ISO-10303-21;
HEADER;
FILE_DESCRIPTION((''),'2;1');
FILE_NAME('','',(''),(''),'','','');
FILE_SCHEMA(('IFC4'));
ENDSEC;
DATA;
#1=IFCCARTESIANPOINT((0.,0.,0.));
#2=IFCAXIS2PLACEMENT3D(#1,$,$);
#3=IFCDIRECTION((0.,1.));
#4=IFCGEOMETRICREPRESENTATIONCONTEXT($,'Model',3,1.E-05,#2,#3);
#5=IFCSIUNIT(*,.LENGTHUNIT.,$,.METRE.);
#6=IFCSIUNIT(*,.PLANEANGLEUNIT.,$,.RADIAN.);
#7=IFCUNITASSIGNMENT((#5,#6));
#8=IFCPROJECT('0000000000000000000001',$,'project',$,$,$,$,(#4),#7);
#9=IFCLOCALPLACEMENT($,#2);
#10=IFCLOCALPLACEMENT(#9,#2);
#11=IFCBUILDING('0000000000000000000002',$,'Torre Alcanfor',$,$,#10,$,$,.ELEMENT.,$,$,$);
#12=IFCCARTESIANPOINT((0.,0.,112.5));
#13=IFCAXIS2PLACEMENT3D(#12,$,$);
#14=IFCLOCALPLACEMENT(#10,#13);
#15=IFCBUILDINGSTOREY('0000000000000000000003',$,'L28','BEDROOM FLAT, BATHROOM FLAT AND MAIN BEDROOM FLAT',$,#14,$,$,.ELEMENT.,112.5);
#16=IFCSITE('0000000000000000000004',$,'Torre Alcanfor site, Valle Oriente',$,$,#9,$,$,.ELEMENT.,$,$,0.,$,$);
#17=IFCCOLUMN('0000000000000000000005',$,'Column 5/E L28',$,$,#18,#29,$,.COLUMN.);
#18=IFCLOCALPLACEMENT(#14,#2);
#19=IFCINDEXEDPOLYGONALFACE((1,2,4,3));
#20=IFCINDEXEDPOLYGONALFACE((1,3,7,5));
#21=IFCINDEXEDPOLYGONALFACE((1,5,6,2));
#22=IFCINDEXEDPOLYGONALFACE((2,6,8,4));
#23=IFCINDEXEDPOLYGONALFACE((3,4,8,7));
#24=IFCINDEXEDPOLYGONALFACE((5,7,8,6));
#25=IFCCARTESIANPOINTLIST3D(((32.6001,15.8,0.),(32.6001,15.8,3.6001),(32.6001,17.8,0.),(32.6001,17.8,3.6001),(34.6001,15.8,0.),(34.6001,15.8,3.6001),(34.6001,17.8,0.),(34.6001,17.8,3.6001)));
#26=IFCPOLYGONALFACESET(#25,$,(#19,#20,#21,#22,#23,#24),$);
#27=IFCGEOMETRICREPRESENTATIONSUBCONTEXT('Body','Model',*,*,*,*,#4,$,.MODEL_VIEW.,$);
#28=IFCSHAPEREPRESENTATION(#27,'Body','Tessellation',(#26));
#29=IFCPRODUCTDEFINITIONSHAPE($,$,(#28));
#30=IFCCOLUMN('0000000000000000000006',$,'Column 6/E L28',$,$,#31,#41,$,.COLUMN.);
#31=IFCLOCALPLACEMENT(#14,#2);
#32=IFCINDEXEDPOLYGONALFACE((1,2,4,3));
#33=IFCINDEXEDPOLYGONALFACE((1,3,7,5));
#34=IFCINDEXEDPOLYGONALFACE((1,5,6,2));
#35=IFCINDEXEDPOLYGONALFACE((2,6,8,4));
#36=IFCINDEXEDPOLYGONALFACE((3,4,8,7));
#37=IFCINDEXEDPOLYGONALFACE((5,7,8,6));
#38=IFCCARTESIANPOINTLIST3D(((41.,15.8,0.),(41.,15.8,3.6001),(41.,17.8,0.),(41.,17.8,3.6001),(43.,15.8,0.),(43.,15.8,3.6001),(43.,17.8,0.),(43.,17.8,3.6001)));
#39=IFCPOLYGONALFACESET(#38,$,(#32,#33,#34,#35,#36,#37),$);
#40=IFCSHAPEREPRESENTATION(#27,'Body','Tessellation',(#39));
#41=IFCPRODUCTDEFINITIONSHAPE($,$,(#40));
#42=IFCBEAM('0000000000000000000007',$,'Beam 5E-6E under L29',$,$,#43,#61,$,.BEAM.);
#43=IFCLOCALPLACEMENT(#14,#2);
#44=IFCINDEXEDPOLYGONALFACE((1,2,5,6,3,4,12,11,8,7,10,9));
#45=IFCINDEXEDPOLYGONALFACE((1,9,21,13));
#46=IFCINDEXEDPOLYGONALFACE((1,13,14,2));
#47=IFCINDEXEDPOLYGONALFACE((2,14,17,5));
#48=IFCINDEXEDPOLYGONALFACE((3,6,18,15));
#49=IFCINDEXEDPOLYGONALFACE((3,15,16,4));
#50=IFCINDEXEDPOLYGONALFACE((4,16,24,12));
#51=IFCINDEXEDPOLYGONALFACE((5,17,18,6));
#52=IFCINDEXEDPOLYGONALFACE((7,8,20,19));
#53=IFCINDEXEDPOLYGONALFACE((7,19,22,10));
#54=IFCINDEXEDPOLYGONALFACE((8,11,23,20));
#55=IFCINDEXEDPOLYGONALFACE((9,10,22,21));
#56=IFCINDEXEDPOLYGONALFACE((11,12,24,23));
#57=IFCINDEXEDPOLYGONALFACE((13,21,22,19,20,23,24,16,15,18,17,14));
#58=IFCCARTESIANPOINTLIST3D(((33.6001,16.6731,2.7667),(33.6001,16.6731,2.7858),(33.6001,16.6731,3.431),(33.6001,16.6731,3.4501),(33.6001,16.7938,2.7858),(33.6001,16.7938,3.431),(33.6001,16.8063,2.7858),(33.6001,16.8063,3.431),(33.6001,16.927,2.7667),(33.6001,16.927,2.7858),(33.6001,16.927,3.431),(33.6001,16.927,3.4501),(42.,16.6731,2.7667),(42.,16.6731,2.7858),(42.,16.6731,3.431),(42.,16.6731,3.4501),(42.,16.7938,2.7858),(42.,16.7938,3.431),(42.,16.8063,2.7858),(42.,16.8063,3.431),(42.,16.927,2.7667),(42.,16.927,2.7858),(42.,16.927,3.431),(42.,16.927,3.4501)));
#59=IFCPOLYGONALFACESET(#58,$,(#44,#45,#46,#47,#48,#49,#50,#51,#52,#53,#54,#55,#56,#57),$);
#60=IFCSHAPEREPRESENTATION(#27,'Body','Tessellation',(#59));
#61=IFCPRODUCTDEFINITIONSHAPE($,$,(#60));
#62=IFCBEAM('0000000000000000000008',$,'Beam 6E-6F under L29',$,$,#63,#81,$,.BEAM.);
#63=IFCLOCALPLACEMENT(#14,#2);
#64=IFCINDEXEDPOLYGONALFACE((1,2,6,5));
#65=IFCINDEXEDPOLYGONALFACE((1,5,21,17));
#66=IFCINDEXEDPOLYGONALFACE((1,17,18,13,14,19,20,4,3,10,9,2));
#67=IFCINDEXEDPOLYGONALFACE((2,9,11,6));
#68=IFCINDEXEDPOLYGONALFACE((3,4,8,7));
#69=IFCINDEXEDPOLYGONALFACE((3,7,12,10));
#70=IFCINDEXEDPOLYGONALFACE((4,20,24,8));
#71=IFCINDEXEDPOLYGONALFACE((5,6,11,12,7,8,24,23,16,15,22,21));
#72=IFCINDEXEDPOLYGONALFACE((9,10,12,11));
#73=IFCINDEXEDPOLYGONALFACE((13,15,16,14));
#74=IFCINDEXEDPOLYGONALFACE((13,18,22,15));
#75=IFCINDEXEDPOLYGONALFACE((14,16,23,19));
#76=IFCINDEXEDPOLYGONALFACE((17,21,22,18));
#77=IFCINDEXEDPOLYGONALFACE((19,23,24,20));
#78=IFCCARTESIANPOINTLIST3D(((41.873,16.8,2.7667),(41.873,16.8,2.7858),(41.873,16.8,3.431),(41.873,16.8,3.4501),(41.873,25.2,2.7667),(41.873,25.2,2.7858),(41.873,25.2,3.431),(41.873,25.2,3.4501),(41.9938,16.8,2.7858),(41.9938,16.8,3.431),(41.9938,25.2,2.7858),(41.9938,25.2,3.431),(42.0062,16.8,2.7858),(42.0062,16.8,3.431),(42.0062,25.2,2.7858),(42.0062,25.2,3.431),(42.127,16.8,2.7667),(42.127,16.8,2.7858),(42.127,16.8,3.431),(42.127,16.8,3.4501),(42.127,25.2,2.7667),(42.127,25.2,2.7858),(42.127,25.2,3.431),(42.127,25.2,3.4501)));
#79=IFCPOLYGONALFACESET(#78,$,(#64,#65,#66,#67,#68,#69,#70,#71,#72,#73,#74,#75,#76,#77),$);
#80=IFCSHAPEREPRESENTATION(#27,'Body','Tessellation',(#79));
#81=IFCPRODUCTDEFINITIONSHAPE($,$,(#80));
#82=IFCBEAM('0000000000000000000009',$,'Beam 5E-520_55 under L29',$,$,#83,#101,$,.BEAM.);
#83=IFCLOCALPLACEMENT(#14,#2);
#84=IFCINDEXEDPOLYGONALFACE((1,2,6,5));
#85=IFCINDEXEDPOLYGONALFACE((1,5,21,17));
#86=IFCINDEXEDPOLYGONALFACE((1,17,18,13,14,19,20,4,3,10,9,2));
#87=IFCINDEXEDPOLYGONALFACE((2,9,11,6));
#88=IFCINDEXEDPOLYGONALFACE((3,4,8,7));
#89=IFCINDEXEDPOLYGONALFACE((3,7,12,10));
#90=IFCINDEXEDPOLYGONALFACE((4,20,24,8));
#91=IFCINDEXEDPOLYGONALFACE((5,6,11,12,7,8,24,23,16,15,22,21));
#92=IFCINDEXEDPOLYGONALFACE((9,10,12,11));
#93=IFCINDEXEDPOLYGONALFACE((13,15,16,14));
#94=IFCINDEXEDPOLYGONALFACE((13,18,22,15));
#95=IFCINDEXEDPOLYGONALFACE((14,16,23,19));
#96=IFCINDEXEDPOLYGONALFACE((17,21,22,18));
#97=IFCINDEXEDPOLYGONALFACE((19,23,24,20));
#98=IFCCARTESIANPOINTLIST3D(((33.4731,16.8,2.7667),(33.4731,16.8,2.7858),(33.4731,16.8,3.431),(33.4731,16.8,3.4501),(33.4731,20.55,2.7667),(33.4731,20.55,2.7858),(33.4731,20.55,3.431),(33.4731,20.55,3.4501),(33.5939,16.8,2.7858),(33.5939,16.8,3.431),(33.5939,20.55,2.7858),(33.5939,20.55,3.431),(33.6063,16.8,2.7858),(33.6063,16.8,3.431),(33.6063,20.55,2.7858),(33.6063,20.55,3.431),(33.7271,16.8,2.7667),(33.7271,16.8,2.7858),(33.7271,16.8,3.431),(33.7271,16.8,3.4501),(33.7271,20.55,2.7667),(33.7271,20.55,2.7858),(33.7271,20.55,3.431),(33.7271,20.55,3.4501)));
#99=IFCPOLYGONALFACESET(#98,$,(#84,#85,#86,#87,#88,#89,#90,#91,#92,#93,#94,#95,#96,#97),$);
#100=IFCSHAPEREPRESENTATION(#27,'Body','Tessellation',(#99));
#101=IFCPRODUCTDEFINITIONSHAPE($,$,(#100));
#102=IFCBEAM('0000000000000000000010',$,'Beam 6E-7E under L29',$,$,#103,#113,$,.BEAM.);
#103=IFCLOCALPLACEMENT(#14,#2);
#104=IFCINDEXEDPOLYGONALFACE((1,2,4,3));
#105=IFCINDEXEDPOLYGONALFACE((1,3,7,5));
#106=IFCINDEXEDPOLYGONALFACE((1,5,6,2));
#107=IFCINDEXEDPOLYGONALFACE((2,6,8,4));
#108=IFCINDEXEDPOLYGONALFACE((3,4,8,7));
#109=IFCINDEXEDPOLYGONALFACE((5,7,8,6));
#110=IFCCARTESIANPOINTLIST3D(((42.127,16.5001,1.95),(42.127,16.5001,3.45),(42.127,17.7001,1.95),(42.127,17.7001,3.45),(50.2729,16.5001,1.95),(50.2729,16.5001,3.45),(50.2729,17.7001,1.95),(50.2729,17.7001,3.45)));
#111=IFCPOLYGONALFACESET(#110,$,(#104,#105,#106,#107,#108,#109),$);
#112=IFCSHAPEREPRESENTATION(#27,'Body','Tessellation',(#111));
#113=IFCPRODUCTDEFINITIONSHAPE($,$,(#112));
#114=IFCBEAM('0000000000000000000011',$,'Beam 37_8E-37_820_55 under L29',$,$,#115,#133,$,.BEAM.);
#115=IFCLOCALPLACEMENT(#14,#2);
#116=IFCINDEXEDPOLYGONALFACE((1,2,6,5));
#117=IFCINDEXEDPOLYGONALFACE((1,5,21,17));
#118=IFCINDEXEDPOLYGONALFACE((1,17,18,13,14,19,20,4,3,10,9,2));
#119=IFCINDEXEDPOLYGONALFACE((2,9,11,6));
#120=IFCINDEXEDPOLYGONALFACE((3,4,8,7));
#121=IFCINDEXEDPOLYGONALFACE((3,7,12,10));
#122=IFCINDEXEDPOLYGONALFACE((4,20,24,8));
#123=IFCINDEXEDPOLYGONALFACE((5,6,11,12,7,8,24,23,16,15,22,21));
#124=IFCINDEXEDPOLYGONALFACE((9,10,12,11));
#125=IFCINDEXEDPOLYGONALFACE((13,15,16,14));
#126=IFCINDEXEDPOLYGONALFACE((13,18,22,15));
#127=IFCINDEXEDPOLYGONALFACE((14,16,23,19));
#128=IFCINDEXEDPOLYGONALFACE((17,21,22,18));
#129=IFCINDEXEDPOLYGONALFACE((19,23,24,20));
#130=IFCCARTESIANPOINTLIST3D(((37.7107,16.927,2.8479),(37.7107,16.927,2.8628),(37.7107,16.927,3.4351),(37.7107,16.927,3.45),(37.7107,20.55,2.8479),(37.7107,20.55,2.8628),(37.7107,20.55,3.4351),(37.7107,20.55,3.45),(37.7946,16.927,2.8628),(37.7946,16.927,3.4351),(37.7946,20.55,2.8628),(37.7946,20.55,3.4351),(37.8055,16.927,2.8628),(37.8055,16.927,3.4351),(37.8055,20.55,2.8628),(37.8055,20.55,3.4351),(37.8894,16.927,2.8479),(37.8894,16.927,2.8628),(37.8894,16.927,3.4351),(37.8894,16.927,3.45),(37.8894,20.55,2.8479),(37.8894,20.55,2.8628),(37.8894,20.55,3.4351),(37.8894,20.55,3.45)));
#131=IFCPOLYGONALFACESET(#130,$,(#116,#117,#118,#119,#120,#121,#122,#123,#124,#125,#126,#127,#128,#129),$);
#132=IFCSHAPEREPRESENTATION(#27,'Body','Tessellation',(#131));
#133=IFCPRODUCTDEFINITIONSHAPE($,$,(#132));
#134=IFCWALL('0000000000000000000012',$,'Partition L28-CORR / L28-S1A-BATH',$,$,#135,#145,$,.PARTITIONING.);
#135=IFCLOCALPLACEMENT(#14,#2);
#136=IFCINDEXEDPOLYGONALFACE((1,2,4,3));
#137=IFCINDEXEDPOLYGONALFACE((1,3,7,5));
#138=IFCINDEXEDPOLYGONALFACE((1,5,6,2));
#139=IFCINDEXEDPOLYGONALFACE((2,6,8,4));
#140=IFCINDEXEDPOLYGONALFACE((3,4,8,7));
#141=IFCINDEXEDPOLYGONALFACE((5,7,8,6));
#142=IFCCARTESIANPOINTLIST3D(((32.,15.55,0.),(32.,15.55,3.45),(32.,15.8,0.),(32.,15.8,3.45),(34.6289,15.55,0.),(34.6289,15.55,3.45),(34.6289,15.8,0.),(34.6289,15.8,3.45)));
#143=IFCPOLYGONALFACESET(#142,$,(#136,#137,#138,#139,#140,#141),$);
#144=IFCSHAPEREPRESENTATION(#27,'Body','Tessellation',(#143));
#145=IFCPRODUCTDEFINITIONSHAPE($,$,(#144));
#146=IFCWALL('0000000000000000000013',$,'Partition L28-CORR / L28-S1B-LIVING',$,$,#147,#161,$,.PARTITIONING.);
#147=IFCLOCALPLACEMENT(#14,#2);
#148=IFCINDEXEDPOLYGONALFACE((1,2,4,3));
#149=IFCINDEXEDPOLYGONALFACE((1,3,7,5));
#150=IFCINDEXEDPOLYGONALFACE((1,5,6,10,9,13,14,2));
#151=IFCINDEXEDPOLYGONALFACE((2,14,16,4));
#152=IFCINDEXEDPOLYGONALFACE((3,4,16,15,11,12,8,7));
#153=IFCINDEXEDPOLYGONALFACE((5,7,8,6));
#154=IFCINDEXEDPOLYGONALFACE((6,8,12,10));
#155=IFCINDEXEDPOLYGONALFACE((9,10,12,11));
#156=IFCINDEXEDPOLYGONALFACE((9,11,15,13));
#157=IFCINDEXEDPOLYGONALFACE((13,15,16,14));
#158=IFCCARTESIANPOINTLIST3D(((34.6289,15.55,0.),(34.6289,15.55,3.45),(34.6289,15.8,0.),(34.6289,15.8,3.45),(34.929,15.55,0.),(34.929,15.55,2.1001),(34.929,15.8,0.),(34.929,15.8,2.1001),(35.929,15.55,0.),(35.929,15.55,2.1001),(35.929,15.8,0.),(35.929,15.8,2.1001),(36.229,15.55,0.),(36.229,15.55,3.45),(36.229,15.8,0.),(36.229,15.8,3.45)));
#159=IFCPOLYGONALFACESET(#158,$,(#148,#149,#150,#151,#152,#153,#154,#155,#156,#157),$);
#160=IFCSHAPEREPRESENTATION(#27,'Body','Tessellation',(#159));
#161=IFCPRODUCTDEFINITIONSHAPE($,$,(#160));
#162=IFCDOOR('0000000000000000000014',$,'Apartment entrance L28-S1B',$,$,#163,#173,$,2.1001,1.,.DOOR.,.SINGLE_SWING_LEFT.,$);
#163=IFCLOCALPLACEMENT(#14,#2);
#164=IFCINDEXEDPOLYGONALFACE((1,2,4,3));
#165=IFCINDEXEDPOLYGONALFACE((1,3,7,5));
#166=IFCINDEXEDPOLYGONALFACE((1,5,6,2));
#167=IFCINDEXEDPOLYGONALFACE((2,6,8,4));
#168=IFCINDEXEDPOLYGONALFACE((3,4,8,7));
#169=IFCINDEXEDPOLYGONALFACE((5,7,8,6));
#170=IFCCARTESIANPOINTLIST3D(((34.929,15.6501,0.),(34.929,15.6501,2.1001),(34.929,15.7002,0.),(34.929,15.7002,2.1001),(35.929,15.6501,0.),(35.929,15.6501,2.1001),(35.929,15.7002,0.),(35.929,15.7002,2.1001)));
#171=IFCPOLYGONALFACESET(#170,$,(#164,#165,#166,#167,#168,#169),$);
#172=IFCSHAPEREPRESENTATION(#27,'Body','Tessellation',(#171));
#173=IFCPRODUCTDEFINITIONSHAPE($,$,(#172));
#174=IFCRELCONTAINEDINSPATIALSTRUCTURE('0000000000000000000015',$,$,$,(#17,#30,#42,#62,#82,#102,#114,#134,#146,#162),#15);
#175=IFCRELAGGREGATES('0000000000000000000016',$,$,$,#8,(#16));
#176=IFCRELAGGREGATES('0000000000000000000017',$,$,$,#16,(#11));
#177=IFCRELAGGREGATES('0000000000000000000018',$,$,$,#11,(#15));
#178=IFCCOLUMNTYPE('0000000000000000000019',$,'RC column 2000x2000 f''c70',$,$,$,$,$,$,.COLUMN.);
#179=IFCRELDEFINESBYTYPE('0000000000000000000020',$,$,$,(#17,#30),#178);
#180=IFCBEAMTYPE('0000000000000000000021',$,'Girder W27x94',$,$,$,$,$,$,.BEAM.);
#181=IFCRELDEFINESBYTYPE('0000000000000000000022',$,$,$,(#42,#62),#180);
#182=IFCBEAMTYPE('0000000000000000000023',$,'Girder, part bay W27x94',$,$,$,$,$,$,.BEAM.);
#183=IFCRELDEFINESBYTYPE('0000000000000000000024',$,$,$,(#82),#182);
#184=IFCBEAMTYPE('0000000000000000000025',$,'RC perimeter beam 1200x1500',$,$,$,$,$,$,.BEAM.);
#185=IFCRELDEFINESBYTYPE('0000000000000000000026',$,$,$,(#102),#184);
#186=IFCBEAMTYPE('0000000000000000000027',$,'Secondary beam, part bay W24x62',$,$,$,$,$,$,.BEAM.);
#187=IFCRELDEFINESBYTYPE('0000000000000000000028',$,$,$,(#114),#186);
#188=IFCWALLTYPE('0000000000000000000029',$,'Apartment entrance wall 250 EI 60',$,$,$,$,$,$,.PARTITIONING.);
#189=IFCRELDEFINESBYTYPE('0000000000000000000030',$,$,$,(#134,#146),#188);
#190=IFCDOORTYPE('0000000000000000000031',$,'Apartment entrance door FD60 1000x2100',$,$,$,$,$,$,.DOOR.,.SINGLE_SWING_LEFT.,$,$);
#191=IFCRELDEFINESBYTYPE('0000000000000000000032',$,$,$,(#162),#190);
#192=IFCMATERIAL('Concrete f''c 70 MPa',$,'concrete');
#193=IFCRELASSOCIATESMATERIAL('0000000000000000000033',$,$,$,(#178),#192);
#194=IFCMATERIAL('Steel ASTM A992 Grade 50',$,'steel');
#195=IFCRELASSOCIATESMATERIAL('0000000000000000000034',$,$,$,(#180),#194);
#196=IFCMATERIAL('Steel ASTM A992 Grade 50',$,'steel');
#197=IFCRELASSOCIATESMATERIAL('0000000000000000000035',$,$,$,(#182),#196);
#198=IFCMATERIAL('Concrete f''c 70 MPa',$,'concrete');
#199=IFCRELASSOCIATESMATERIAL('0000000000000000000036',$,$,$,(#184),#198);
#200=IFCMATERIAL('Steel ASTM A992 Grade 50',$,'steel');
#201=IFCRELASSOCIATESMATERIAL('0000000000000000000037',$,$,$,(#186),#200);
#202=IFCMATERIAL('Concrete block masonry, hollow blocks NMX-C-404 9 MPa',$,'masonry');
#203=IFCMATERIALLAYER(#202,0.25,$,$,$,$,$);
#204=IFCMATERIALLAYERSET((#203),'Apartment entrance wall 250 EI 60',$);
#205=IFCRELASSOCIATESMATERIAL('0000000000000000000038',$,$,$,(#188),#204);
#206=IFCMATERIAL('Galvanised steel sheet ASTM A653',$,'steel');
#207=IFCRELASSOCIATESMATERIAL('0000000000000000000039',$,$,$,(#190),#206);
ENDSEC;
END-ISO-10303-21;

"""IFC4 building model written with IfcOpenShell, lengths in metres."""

from ifc_helpers import new_model, si_unit, direction, frame, frame_2d, origin, origin_2d, place, context, subcontext, project, spatial, rectangle, i_section, extrude, material, layer, layer_set, material_profile, profile_set, type_object, element, fill, save


model = new_model("IFC4")

# Units and contexts
model_context = context("Model", 3, precision=1e-05, world=origin(), true_north=direction((0.0, 1.0)))
body_context = subcontext(model_context, "Body", "Model", "MODEL_VIEW")
ifc_project = project(units=[si_unit("LENGTHUNIT", "METRE"), si_unit("PLANEANGLEUNIT", "RADIAN")], contexts=[model_context])

# Site, building, storey
site_placement = place(None, origin())
site = spatial("IfcSite", under=ifc_project, at=site_placement, Name="Torre Alcanfor site, Valle Oriente", CompositionType="ELEMENT", RefElevation=0.0)
building_placement = place(site_placement, origin())
building = spatial("IfcBuilding", under=site, at=building_placement, Name="Torre Alcanfor", CompositionType="ELEMENT")
storey_placement = place(building_placement, frame((0.0, 0.0, 112.5)))
storey = spatial("IfcBuildingStorey", under=building, at=storey_placement, Name="L28", Description="BEDROOM FLAT, BATHROOM FLAT AND MAIN BEDROOM FLAT", CompositionType="ELEMENT", Elevation=112.5)

# Columns
ifc_material_1 = material(Name="Concrete f'c 70 MPa", Category="concrete")
ifc_material_profile_1 = material_profile(ifc_material_1, rectangle(XDim=2.0, YDim=2.0, at=origin_2d()), Name="2000x2000")
ifc_profile_set_1 = profile_set([ifc_material_profile_1], Name="Concrete f'c 70 MPa")
column_type = type_object("IfcColumnType", Name="RC column 2000x2000 f'c70", PredefinedType="COLUMN", material=ifc_profile_set_1)
for number, where, z_axis, x_axis, name in (
    (1, (33.6001, 16.8, 0.0), (0.0, 0.0, 1.0), (1.0, 0.0, 0.0), "Column 5/E L28"),
    (2, (42.0, 16.8, 0.0), (0.0, 0.0, 1.0), (1.0, 0.0, 0.0), "Column 6/E L28"),
):
    element("IfcColumn", number, at=place(storey_placement, frame(where, z_axis=z_axis, x_axis=x_axis)), inside=storey, type_object=column_type, Name=name, PredefinedType="COLUMN", context=body_context, shape_type="SweptSolid", body=[
        extrude(rectangle(XDim=2.0, YDim=2.0, at=origin_2d()), origin(), (0.0, 0.0, 1.0), 3.6001),
    ])

# Beams
ifc_material_2 = material(Name="Steel ASTM A992 Grade 50", Category="steel")
ifc_material_profile_2 = material_profile(ifc_material_2, i_section(OverallWidth=0.2539, OverallDepth=0.6833, WebThickness=0.0125, FlangeThickness=0.019, at=origin_2d()), Name="W27x94")
ifc_profile_set_2 = profile_set([ifc_material_profile_2], Name="Steel ASTM A992 Grade 50")
beam_type_1 = type_object("IfcBeamType", Name="Girder W27x94", PredefinedType="BEAM", material=ifc_profile_set_2)
for number, where, z_axis, x_axis, name in (
    (3, (33.6001, 16.8, 3.1084), (1.0, 0.0, 0.0), (0.0, 1.0, 0.0), "Beam 5E-6E under L29"),
    (4, (42.0, 16.8, 3.1084), (0.0, 1.0, 0.0), (-1.0, 0.0, 0.0), "Beam 6E-6F under L29"),
):
    element("IfcBeam", number, at=place(storey_placement, frame(where, z_axis=z_axis, x_axis=x_axis)), inside=storey, type_object=beam_type_1, Name=name, PredefinedType="BEAM", context=body_context, shape_type="SweptSolid", body=[
        extrude(i_section(OverallWidth=0.2539, OverallDepth=0.6833, WebThickness=0.0125, FlangeThickness=0.019, at=origin_2d()), origin(), (0.0, 0.0, 1.0), 8.3999),
    ])
ifc_material_3 = material(Name="Steel ASTM A992 Grade 50", Category="steel")
ifc_material_profile_3 = material_profile(ifc_material_3, i_section(OverallWidth=0.2539, OverallDepth=0.6833, WebThickness=0.0125, FlangeThickness=0.019, at=origin_2d()), Name="W27x94")
ifc_profile_set_3 = profile_set([ifc_material_profile_3], Name="Steel ASTM A992 Grade 50")
beam_type_2 = type_object("IfcBeamType", Name="Girder, part bay W27x94", PredefinedType="BEAM", material=ifc_profile_set_3)
beam_1_placement = place(storey_placement, frame((33.6001, 16.8, 3.1084), z_axis=(0.0, 1.0, 0.0), x_axis=(-1.0, 0.0, 0.0)))
element("IfcBeam", 5, at=beam_1_placement, inside=storey, type_object=beam_type_2, Name="Beam 5E-520_55 under L29", PredefinedType="BEAM", context=body_context, shape_type="SweptSolid", body=[
    extrude(i_section(OverallWidth=0.2539, OverallDepth=0.6833, WebThickness=0.0125, FlangeThickness=0.019, at=origin_2d()), origin(), (0.0, 0.0, 1.0), 3.75),
])
ifc_material_4 = material(Name="Concrete f'c 70 MPa", Category="concrete")
ifc_material_profile_4 = material_profile(ifc_material_4, rectangle(XDim=1.2, YDim=1.5, at=origin_2d()), Name="1200x1500")
ifc_profile_set_4 = profile_set([ifc_material_profile_4], Name="Concrete f'c 70 MPa")
beam_type_3 = type_object("IfcBeamType", Name="RC perimeter beam 1200x1500", PredefinedType="BEAM", material=ifc_profile_set_4)
beam_2_placement = place(storey_placement, frame((42.127, 17.1001, 2.7), z_axis=(1.0, 0.0, 0.0), x_axis=(0.0, 1.0, 0.0)))
element("IfcBeam", 6, at=beam_2_placement, inside=storey, type_object=beam_type_3, Name="Beam 6E-7E under L29", PredefinedType="BEAM", context=body_context, shape_type="SweptSolid", body=[
    extrude(rectangle(XDim=1.2, YDim=1.5, at=origin_2d()), origin(), (0.0, 0.0, 1.0), 8.146),
])
ifc_material_5 = material(Name="Steel ASTM A992 Grade 50", Category="steel")
ifc_material_profile_5 = material_profile(ifc_material_5, i_section(OverallWidth=0.1787, OverallDepth=0.6021, WebThickness=0.011, FlangeThickness=0.0149, at=origin_2d()), Name="W24x62")
ifc_profile_set_5 = profile_set([ifc_material_profile_5], Name="Steel ASTM A992 Grade 50")
beam_type_4 = type_object("IfcBeamType", Name="Secondary beam, part bay W24x62", PredefinedType="BEAM", material=ifc_profile_set_5)
beam_3_placement = place(storey_placement, frame((37.8, 16.927, 3.1489), z_axis=(0.0, 1.0, 0.0), x_axis=(-1.0, 0.0, 0.0)))
element("IfcBeam", 7, at=beam_3_placement, inside=storey, type_object=beam_type_4, Name="Beam 37_8E-37_820_55 under L29", PredefinedType="BEAM", context=body_context, shape_type="SweptSolid", body=[
    extrude(i_section(OverallWidth=0.1787, OverallDepth=0.6021, WebThickness=0.011, FlangeThickness=0.0149, at=origin_2d()), origin(), (0.0, 0.0, 1.0), 3.623),
])

# Wall
ifc_material_6 = material(Name="Concrete block masonry, hollow blocks NMX-C-404 9 MPa", Category="masonry")
ifc_layer_1 = layer(ifc_material_6, 0.25)
ifc_layer_set_1 = layer_set([ifc_layer_1], Name="Apartment entrance wall 250 EI 60")
wall_type_1 = type_object("IfcWallType", Name="Apartment entrance wall 250 EI 60", PredefinedType="PARTITIONING", material=ifc_layer_set_1)
wall_1_placement = place(storey_placement, frame((34.6289, 15.675, 0.0), z_axis=(0.0, 0.0, 1.0), x_axis=(-1.0, 0.0, 0.0)))
element("IfcWall", 8, at=wall_1_placement, inside=storey, type_object=wall_type_1, Name="Partition L28-CORR / L28-S1A-BATH", PredefinedType="PARTITIONING", context=body_context, shape_type="SweptSolid", body=[
    extrude(rectangle(XDim=2.6289, YDim=0.25, at=frame_2d((1.3145, 0.0))), origin(), (0.0, 0.0, 1.0), 3.45),
])

# Wall, opening, door
wall_2_placement = place(storey_placement, frame((36.229, 15.675, 0.0), z_axis=(0.0, 0.0, 1.0), x_axis=(-1.0, 0.0, 0.0)))
wall_2 = element("IfcWall", 9, at=wall_2_placement, inside=storey, type_object=wall_type_1, Name="Partition L28-CORR / L28-S1B-LIVING", PredefinedType="PARTITIONING", context=body_context, shape_type="SweptSolid", body=[
    extrude(rectangle(XDim=1.6001, YDim=0.25, at=frame_2d((0.8, 0.0))), origin(), (0.0, 0.0, 1.0), 3.45),
])
opening_1_placement = place(wall_2_placement, frame((0.3, 0.0, 0.0)))
opening_1 = element("IfcOpeningElement", 10, at=opening_1_placement, cuts=wall_2, PredefinedType="OPENING", context=body_context, shape_type="SweptSolid", body=[
    extrude(rectangle(XDim=1.0, YDim=2.1001, at=frame_2d((0.5, 1.05))), frame((0.0, 0.135, 0.0), z_axis=(0.0, -1.0, 0.0), x_axis=(1.0, 0.0, 0.0)), (0.0, 0.0, 1.0), 0.27),
])
ifc_material_7 = material(Name="Galvanised steel sheet ASTM A653", Category="steel")
door_type_1 = type_object("IfcDoorType", Name="Apartment entrance door FD60 1000x2100", OperationType="SINGLE_SWING_LEFT", PredefinedType="DOOR", material=ifc_material_7)
door_1_placement = place(opening_1_placement, origin())
door_1 = element("IfcDoor", 11, at=door_1_placement, inside=storey, type_object=door_type_1, Name="Apartment entrance L28-S1B", OperationType="SINGLE_SWING_LEFT", OverallHeight=2.1001, OverallWidth=1.0, PredefinedType="DOOR", context=body_context, shape_type="SweptSolid", body=[
    extrude(rectangle(XDim=1.0, YDim=2.1001, at=frame_2d((0.5, 1.05))), frame((0.0, 0.0249, 0.0), z_axis=(0.0, -1.0, 0.0), x_axis=(1.0, 0.0, 0.0)), (0.0, 0.0, 1.0), 0.05),
])
fill(opening_1, door_1)

save(model, "model.ifc")
